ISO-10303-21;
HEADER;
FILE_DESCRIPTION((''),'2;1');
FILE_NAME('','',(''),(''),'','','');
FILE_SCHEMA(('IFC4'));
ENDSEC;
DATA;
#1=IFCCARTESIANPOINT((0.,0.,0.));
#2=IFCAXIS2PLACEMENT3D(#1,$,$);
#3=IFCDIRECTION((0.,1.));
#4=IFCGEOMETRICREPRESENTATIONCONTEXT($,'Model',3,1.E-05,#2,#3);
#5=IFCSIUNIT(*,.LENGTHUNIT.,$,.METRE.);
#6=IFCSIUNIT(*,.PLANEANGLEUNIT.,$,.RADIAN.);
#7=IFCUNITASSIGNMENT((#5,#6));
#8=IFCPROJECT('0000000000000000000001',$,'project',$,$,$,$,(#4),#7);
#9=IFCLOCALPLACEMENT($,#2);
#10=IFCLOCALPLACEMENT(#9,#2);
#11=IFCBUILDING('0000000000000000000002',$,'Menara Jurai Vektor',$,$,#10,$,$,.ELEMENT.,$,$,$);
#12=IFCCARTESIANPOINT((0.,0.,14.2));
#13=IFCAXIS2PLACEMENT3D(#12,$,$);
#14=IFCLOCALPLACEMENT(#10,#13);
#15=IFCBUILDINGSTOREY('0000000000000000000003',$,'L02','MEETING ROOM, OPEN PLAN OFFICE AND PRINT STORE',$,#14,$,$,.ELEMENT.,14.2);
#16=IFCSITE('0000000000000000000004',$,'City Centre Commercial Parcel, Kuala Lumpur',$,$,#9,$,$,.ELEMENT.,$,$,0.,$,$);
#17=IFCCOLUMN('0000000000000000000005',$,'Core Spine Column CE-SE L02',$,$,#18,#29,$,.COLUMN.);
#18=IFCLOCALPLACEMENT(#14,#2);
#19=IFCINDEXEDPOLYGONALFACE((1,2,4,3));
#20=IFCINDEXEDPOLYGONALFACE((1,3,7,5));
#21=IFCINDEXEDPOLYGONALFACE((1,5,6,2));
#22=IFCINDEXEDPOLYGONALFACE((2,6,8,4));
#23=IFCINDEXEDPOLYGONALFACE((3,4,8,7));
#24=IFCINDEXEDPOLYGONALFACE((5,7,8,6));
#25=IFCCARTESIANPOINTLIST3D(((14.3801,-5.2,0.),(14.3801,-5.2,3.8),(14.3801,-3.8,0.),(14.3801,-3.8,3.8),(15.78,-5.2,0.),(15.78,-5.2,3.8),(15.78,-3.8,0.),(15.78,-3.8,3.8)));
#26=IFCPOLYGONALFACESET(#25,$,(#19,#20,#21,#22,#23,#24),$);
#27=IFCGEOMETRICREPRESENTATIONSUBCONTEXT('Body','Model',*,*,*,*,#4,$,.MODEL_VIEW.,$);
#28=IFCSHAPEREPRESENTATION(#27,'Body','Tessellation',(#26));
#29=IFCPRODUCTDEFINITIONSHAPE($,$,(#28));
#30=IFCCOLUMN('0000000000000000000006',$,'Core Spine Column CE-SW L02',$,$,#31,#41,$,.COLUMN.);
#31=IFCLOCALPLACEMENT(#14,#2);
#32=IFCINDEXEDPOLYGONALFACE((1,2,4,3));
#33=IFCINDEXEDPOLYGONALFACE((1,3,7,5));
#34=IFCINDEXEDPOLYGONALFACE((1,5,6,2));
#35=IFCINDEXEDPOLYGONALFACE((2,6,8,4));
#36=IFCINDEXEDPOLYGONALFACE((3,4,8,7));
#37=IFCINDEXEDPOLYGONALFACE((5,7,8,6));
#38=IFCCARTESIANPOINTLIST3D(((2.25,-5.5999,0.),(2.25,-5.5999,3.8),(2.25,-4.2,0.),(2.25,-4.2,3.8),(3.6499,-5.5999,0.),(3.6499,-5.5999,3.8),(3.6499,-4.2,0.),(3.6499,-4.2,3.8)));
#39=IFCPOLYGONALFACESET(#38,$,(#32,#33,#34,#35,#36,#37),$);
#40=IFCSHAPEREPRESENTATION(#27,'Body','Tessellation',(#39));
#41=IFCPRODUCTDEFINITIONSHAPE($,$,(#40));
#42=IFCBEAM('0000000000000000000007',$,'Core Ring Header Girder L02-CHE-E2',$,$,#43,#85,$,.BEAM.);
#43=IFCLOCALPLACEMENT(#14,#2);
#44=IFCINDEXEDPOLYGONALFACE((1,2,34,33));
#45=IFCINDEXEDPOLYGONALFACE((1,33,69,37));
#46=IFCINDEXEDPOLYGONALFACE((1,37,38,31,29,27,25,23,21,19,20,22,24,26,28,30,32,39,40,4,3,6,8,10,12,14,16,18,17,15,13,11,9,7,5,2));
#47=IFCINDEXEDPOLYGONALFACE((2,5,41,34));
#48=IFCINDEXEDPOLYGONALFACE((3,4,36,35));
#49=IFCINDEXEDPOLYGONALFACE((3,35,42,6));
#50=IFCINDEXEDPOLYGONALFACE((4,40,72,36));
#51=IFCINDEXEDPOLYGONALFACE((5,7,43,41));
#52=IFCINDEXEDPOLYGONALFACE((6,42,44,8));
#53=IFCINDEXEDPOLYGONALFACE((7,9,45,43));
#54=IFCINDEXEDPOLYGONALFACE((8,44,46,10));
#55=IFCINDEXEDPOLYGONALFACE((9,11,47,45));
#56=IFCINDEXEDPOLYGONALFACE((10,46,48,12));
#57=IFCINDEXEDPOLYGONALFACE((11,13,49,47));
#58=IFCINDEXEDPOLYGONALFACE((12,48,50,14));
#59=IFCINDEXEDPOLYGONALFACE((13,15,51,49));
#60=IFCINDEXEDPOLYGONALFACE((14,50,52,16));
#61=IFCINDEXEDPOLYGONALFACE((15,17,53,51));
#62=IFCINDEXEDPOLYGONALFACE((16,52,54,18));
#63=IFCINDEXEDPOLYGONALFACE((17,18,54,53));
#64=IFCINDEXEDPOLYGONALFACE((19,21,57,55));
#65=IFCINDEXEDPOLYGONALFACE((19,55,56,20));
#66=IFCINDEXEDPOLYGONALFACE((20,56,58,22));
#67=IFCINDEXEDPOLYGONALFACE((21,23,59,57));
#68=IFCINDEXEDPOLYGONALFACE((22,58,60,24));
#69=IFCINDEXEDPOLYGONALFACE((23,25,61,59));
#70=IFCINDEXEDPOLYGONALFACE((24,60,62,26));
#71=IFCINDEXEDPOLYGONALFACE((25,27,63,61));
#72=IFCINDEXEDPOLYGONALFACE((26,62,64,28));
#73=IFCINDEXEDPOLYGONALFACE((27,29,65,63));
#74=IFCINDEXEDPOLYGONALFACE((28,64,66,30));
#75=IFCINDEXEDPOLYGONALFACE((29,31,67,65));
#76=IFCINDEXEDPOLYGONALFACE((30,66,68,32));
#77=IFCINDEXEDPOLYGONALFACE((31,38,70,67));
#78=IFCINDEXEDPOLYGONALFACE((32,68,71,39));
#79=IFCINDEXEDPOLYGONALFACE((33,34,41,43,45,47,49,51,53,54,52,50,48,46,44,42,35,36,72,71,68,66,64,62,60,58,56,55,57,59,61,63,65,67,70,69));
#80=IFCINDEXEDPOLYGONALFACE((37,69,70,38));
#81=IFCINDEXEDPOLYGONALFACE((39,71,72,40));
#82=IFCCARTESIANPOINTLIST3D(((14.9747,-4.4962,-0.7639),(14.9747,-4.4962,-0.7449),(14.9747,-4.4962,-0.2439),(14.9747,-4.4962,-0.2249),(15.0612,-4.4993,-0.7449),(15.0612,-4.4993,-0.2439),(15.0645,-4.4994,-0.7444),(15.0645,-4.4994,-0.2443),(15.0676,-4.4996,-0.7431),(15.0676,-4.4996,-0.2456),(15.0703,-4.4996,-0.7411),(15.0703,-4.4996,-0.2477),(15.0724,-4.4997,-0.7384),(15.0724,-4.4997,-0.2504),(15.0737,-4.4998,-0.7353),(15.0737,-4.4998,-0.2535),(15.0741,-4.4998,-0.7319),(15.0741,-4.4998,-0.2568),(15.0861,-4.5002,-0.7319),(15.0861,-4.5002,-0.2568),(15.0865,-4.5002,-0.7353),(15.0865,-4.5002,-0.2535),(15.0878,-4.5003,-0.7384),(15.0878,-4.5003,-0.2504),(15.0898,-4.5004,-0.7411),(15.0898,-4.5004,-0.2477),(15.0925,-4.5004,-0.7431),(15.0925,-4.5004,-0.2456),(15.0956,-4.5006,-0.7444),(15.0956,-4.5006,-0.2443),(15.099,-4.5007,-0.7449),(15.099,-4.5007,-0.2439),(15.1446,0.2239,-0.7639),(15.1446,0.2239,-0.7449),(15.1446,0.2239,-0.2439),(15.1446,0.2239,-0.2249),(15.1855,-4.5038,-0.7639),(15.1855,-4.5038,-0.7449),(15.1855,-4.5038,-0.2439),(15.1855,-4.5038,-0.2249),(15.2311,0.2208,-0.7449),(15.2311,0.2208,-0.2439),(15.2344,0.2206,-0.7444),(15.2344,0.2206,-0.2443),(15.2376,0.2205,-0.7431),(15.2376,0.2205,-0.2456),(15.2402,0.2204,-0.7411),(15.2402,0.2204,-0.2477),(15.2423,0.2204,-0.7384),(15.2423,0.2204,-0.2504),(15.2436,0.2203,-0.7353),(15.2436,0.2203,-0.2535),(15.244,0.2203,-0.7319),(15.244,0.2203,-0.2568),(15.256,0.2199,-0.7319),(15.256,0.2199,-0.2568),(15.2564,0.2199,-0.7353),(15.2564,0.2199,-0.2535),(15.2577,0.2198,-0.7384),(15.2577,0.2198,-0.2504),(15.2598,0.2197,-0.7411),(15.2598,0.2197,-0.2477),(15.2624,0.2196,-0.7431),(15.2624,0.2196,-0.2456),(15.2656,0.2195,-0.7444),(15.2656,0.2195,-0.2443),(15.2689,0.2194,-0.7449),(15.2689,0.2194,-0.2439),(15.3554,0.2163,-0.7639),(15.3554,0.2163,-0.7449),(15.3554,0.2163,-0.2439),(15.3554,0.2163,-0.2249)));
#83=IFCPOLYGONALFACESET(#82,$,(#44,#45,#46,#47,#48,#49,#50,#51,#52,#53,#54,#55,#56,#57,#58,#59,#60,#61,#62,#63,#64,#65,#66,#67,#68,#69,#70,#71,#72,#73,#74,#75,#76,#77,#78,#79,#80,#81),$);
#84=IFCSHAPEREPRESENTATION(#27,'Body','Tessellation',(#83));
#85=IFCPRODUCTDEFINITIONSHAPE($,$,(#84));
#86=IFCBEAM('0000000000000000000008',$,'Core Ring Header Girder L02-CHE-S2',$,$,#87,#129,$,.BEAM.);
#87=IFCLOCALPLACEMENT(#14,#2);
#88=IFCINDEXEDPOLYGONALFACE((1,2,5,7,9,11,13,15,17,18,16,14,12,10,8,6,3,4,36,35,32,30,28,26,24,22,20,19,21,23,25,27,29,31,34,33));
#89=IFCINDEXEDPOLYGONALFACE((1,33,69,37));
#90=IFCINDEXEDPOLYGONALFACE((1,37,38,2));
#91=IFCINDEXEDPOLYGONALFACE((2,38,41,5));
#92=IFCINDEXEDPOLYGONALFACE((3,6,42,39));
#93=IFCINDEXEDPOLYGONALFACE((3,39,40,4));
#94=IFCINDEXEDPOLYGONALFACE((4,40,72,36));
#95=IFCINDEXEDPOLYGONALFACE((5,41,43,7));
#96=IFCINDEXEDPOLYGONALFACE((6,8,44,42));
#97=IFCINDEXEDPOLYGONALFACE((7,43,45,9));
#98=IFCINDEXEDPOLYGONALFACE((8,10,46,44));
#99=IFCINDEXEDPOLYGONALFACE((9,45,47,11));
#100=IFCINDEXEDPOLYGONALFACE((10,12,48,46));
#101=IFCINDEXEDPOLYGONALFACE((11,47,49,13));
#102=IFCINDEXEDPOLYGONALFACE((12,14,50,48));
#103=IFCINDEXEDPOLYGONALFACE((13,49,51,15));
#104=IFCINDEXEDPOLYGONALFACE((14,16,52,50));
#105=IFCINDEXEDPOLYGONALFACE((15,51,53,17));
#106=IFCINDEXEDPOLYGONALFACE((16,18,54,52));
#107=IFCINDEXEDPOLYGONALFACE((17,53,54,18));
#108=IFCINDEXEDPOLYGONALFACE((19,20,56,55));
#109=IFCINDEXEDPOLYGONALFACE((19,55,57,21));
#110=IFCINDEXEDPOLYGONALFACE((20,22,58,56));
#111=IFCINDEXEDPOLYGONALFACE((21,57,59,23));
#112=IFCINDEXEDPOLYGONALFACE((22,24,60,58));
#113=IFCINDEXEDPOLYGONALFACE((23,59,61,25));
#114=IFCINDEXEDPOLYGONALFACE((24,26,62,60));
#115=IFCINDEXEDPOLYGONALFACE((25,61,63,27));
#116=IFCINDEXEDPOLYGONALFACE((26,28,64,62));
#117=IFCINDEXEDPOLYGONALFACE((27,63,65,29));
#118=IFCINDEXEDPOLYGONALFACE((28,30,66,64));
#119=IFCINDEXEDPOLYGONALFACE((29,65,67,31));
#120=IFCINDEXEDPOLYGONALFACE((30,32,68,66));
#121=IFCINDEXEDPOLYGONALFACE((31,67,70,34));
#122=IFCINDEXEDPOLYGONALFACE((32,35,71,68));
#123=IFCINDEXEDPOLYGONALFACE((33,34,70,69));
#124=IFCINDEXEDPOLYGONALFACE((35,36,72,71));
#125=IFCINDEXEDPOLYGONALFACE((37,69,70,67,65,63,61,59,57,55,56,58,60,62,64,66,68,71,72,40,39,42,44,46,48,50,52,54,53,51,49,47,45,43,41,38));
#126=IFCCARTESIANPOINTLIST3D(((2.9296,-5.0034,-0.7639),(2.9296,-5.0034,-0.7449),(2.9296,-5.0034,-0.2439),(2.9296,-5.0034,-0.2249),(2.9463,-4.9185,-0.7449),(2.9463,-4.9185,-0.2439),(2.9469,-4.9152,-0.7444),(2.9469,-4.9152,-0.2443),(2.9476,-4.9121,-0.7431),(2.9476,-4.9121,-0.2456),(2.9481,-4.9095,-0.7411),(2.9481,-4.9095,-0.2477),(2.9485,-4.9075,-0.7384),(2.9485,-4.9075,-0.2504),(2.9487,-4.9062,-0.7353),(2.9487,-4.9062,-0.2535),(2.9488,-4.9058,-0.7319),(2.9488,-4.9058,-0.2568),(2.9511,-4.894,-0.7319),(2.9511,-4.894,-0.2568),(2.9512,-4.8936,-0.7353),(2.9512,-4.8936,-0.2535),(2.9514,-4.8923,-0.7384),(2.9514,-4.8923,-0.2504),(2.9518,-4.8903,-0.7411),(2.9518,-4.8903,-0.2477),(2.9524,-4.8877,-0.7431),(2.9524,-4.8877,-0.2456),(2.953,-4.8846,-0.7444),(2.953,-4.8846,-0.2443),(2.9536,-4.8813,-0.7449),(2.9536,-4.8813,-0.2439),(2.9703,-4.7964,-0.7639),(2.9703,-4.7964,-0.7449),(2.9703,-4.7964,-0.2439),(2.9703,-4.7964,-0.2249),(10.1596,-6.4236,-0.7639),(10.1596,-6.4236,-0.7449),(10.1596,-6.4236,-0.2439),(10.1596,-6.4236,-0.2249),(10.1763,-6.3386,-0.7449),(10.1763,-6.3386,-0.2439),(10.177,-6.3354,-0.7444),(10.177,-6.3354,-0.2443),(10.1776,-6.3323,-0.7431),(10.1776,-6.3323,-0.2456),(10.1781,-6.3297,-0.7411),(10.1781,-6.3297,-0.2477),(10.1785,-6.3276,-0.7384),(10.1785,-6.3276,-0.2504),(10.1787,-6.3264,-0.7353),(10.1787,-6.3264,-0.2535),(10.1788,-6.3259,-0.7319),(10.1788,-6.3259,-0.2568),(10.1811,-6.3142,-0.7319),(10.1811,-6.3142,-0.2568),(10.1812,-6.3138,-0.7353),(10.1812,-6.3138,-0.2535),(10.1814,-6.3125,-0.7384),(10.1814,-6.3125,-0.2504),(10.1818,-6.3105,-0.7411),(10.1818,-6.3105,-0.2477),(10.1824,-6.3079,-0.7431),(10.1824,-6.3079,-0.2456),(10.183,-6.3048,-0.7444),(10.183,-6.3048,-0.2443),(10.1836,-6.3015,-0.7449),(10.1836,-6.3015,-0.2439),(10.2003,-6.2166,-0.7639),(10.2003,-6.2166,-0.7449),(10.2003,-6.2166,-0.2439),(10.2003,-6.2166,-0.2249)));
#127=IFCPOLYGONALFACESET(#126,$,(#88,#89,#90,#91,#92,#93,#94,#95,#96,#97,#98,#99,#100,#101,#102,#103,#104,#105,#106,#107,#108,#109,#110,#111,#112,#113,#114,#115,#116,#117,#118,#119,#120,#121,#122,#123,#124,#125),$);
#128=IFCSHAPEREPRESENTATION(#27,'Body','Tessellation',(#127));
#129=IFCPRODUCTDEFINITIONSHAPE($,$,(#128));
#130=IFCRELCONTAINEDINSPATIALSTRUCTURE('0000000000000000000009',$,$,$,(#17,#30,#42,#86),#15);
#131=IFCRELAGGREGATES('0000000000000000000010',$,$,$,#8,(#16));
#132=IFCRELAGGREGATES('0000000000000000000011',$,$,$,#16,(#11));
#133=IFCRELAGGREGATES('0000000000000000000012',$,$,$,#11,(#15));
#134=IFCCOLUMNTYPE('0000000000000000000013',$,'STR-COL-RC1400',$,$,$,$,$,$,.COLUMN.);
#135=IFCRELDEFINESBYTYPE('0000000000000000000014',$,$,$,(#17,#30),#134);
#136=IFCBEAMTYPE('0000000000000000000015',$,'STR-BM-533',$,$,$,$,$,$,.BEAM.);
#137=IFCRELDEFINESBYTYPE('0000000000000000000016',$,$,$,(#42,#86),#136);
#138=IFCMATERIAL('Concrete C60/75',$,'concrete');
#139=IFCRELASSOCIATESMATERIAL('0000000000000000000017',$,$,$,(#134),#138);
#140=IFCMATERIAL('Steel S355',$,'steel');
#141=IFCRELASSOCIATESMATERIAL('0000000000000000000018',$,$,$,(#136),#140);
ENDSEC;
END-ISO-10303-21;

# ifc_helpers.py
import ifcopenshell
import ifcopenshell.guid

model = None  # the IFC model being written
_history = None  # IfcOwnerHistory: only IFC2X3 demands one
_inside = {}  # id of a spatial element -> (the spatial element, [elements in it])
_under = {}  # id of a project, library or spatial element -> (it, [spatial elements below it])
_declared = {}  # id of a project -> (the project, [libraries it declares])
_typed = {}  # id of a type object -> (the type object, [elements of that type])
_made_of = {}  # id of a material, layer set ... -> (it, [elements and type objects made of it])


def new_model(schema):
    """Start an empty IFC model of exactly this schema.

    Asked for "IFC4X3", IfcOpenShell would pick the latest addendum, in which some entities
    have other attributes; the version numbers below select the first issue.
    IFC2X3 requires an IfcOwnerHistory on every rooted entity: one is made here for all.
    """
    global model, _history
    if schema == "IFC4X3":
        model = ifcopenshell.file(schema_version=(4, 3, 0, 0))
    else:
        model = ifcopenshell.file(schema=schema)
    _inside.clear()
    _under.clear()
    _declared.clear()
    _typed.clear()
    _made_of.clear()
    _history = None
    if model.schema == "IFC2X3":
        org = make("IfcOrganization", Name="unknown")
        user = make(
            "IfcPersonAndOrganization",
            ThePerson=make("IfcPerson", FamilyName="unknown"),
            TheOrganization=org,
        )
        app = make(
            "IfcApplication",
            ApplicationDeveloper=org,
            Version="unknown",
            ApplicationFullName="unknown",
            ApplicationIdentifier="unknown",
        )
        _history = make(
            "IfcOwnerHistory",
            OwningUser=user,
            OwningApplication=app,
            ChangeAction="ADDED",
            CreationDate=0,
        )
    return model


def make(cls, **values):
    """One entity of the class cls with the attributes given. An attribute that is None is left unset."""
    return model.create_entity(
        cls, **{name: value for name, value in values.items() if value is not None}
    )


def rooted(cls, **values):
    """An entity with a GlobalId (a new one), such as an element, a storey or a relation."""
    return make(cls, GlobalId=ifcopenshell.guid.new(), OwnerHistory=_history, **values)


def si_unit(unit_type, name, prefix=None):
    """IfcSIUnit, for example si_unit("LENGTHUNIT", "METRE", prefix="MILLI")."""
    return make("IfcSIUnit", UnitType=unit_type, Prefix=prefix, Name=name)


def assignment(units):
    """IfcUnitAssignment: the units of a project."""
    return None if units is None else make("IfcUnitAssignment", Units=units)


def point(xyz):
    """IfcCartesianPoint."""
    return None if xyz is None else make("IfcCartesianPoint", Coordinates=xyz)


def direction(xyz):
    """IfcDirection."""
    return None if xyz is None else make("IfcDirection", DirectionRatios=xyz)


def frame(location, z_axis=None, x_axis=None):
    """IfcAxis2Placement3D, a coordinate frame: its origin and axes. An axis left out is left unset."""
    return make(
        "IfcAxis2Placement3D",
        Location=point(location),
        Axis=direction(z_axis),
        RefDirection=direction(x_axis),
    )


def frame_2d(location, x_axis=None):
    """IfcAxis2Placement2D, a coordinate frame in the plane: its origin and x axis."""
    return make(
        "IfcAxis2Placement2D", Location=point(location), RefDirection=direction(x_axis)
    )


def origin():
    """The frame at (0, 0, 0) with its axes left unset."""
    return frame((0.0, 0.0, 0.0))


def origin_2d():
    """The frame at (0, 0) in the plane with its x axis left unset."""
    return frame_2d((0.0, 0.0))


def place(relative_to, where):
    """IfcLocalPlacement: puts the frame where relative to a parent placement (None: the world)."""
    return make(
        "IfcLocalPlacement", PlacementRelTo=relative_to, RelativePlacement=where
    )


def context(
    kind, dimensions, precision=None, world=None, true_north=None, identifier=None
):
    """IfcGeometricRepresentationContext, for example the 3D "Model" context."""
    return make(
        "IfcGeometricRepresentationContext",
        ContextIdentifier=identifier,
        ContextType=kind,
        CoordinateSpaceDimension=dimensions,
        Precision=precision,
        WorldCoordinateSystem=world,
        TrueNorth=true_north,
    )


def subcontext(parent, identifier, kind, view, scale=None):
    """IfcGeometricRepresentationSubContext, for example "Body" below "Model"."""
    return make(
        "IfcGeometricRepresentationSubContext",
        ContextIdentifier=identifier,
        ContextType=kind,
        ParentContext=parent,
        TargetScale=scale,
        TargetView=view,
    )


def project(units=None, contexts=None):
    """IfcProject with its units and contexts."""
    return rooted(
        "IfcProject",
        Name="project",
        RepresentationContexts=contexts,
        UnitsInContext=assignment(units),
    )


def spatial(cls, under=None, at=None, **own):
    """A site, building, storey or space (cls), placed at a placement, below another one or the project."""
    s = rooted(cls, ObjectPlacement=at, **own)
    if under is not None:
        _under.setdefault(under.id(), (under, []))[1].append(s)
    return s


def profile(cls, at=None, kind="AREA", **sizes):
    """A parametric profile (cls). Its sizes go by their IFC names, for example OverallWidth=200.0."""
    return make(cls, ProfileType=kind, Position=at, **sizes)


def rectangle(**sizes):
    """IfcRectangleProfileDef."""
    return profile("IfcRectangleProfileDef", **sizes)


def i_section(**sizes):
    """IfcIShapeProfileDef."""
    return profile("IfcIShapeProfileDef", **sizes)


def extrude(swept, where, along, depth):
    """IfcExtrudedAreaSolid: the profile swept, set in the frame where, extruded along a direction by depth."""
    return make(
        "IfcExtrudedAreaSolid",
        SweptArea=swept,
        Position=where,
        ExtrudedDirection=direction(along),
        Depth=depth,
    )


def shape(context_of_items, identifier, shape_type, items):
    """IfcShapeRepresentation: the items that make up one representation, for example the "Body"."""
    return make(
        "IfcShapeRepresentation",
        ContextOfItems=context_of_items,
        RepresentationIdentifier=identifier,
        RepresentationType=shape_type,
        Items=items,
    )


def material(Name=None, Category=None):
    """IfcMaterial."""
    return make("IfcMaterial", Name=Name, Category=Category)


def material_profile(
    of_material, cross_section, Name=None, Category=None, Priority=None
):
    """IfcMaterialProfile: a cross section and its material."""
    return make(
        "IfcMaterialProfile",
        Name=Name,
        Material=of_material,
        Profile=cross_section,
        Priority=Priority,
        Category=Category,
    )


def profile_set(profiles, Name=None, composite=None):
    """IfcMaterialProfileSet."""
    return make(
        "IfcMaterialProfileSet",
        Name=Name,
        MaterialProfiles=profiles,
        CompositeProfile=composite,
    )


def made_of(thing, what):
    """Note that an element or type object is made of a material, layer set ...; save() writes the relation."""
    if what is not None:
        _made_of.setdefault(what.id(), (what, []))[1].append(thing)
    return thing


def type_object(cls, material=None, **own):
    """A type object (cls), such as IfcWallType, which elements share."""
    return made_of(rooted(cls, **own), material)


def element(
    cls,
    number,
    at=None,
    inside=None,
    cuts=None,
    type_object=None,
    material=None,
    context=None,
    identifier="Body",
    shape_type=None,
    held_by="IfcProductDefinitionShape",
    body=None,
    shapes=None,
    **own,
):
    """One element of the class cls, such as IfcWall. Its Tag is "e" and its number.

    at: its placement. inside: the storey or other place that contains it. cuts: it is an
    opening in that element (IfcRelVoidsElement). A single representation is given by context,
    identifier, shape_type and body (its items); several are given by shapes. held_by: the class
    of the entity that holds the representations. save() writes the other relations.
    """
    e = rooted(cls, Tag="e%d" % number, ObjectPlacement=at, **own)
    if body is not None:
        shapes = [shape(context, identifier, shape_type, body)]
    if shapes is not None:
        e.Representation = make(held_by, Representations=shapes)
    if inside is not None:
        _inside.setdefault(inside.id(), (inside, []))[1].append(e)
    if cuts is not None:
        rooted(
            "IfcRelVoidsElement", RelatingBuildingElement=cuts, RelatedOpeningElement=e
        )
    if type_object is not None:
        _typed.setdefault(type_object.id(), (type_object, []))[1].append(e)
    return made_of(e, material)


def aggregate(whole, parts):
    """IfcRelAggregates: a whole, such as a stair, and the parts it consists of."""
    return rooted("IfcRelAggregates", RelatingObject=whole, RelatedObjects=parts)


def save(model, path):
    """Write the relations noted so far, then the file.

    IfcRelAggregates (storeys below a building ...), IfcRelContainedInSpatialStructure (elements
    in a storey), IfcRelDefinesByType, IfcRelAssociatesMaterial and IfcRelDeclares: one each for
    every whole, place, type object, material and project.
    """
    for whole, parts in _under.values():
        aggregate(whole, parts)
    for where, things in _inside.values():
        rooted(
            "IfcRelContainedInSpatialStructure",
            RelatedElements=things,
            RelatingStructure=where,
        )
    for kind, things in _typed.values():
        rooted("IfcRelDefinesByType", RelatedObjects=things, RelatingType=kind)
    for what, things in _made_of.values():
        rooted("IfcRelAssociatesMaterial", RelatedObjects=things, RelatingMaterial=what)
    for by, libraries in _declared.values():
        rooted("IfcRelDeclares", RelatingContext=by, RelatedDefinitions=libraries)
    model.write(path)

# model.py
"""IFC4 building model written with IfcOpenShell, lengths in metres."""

from ifc_helpers import new_model, si_unit, direction, frame, origin, origin_2d, place, context, subcontext, project, spatial, rectangle, i_section, extrude, material, material_profile, profile_set, type_object, element, save


model = new_model("IFC4")

# Units and contexts
model_context = context("Model", 3, precision=1e-05, world=origin(), true_north=direction((0.0, 1.0)))
body_context = subcontext(model_context, "Body", "Model", "MODEL_VIEW")
ifc_project = project(units=[si_unit("LENGTHUNIT", "METRE"), si_unit("PLANEANGLEUNIT", "RADIAN")], contexts=[model_context])

# Site, building, storey
site_placement = place(None, origin())
site = spatial("IfcSite", under=ifc_project, at=site_placement, Name="City Centre Commercial Parcel, Kuala Lumpur", CompositionType="ELEMENT", RefElevation=0.0)
building_placement = place(site_placement, origin())
building = spatial("IfcBuilding", under=site, at=building_placement, Name="Menara Jurai Vektor", CompositionType="ELEMENT")
storey_placement = place(building_placement, frame((0.0, 0.0, 14.2)))
storey = spatial("IfcBuildingStorey", under=building, at=storey_placement, Name="L02", Description="MEETING ROOM, OPEN PLAN OFFICE AND PRINT STORE", CompositionType="ELEMENT", Elevation=14.2)

# Columns
ifc_material_1 = material(Name="Concrete C60/75", Category="concrete")
ifc_material_profile_1 = material_profile(ifc_material_1, rectangle(XDim=1.3999, YDim=1.3999, at=origin_2d()), Name="RC 1400x1400")
ifc_profile_set_1 = profile_set([ifc_material_profile_1], Name="Concrete C60/75")
column_type = type_object("IfcColumnType", Name="STR-COL-RC1400", PredefinedType="COLUMN", material=ifc_profile_set_1)
for number, where, z_axis, x_axis, name in (
    (1, (15.0801, -4.5, 0.0), (0.0, 0.0, 1.0), (1.0, 0.0, 0.0), "Core Spine Column CE-SE L02"),
    (2, (2.95, -4.8999, 0.0), (0.0, 0.0, 1.0), (1.0, 0.0, 0.0), "Core Spine Column CE-SW L02"),
):
    element("IfcColumn", number, at=place(storey_placement, frame(where, z_axis=z_axis, x_axis=x_axis)), inside=storey, type_object=column_type, Name=name, PredefinedType="COLUMN", context=body_context, shape_type="SweptSolid", body=[
        extrude(rectangle(XDim=1.3999, YDim=1.3999, at=origin_2d()), origin(), (0.0, 0.0, 1.0), 3.8),
    ])

# Beams
ifc_material_2 = material(Name="Steel S355", Category="steel")
ifc_material_profile_2 = material_profile(ifc_material_2, i_section(OverallWidth=0.2109, OverallDepth=0.5391, WebThickness=0.012, FlangeThickness=0.019, FilletRadius=0.0129, at=origin_2d()), Name="UKB 533x210x109")
ifc_profile_set_2 = profile_set([ifc_material_profile_2], Name="Steel S355")
beam_type = type_object("IfcBeamType", Name="STR-BM-533", PredefinedType="BEAM", material=ifc_profile_set_2)
beam_1_placement = place(storey_placement, frame((15.0801, -4.5, -0.4944), z_axis=(0.035977, 0.999353, 0.0), x_axis=(-0.999353, 0.035977, 0.0)))
element("IfcBeam", 3, at=beam_1_placement, inside=storey, type_object=beam_type, Name="Core Ring Header Girder L02-CHE-E2", PredefinedType="BEAM", context=body_context, shape_type="SweptSolid", body=[
    extrude(i_section(OverallWidth=0.2109, OverallDepth=0.5391, WebThickness=0.012, FlangeThickness=0.019, FilletRadius=0.0129, at=origin_2d()), origin(), (0.0, 0.0, 1.0), 4.7231),
])
beam_2_placement = place(storey_placement, frame((2.95, -4.8999, -0.4944), z_axis=(0.981249, -0.192744, 0.0), x_axis=(0.192744, 0.981249, 0.0)))
element("IfcBeam", 4, at=beam_2_placement, inside=storey, type_object=beam_type, Name="Core Ring Header Girder L02-CHE-S2", PredefinedType="BEAM", context=body_context, shape_type="SweptSolid", body=[
    extrude(i_section(OverallWidth=0.2109, OverallDepth=0.5391, WebThickness=0.012, FlangeThickness=0.019, FilletRadius=0.0129, at=origin_2d()), origin(), (0.0, 0.0, 1.0), 7.3682),
])

save(model, "model.ifc")
